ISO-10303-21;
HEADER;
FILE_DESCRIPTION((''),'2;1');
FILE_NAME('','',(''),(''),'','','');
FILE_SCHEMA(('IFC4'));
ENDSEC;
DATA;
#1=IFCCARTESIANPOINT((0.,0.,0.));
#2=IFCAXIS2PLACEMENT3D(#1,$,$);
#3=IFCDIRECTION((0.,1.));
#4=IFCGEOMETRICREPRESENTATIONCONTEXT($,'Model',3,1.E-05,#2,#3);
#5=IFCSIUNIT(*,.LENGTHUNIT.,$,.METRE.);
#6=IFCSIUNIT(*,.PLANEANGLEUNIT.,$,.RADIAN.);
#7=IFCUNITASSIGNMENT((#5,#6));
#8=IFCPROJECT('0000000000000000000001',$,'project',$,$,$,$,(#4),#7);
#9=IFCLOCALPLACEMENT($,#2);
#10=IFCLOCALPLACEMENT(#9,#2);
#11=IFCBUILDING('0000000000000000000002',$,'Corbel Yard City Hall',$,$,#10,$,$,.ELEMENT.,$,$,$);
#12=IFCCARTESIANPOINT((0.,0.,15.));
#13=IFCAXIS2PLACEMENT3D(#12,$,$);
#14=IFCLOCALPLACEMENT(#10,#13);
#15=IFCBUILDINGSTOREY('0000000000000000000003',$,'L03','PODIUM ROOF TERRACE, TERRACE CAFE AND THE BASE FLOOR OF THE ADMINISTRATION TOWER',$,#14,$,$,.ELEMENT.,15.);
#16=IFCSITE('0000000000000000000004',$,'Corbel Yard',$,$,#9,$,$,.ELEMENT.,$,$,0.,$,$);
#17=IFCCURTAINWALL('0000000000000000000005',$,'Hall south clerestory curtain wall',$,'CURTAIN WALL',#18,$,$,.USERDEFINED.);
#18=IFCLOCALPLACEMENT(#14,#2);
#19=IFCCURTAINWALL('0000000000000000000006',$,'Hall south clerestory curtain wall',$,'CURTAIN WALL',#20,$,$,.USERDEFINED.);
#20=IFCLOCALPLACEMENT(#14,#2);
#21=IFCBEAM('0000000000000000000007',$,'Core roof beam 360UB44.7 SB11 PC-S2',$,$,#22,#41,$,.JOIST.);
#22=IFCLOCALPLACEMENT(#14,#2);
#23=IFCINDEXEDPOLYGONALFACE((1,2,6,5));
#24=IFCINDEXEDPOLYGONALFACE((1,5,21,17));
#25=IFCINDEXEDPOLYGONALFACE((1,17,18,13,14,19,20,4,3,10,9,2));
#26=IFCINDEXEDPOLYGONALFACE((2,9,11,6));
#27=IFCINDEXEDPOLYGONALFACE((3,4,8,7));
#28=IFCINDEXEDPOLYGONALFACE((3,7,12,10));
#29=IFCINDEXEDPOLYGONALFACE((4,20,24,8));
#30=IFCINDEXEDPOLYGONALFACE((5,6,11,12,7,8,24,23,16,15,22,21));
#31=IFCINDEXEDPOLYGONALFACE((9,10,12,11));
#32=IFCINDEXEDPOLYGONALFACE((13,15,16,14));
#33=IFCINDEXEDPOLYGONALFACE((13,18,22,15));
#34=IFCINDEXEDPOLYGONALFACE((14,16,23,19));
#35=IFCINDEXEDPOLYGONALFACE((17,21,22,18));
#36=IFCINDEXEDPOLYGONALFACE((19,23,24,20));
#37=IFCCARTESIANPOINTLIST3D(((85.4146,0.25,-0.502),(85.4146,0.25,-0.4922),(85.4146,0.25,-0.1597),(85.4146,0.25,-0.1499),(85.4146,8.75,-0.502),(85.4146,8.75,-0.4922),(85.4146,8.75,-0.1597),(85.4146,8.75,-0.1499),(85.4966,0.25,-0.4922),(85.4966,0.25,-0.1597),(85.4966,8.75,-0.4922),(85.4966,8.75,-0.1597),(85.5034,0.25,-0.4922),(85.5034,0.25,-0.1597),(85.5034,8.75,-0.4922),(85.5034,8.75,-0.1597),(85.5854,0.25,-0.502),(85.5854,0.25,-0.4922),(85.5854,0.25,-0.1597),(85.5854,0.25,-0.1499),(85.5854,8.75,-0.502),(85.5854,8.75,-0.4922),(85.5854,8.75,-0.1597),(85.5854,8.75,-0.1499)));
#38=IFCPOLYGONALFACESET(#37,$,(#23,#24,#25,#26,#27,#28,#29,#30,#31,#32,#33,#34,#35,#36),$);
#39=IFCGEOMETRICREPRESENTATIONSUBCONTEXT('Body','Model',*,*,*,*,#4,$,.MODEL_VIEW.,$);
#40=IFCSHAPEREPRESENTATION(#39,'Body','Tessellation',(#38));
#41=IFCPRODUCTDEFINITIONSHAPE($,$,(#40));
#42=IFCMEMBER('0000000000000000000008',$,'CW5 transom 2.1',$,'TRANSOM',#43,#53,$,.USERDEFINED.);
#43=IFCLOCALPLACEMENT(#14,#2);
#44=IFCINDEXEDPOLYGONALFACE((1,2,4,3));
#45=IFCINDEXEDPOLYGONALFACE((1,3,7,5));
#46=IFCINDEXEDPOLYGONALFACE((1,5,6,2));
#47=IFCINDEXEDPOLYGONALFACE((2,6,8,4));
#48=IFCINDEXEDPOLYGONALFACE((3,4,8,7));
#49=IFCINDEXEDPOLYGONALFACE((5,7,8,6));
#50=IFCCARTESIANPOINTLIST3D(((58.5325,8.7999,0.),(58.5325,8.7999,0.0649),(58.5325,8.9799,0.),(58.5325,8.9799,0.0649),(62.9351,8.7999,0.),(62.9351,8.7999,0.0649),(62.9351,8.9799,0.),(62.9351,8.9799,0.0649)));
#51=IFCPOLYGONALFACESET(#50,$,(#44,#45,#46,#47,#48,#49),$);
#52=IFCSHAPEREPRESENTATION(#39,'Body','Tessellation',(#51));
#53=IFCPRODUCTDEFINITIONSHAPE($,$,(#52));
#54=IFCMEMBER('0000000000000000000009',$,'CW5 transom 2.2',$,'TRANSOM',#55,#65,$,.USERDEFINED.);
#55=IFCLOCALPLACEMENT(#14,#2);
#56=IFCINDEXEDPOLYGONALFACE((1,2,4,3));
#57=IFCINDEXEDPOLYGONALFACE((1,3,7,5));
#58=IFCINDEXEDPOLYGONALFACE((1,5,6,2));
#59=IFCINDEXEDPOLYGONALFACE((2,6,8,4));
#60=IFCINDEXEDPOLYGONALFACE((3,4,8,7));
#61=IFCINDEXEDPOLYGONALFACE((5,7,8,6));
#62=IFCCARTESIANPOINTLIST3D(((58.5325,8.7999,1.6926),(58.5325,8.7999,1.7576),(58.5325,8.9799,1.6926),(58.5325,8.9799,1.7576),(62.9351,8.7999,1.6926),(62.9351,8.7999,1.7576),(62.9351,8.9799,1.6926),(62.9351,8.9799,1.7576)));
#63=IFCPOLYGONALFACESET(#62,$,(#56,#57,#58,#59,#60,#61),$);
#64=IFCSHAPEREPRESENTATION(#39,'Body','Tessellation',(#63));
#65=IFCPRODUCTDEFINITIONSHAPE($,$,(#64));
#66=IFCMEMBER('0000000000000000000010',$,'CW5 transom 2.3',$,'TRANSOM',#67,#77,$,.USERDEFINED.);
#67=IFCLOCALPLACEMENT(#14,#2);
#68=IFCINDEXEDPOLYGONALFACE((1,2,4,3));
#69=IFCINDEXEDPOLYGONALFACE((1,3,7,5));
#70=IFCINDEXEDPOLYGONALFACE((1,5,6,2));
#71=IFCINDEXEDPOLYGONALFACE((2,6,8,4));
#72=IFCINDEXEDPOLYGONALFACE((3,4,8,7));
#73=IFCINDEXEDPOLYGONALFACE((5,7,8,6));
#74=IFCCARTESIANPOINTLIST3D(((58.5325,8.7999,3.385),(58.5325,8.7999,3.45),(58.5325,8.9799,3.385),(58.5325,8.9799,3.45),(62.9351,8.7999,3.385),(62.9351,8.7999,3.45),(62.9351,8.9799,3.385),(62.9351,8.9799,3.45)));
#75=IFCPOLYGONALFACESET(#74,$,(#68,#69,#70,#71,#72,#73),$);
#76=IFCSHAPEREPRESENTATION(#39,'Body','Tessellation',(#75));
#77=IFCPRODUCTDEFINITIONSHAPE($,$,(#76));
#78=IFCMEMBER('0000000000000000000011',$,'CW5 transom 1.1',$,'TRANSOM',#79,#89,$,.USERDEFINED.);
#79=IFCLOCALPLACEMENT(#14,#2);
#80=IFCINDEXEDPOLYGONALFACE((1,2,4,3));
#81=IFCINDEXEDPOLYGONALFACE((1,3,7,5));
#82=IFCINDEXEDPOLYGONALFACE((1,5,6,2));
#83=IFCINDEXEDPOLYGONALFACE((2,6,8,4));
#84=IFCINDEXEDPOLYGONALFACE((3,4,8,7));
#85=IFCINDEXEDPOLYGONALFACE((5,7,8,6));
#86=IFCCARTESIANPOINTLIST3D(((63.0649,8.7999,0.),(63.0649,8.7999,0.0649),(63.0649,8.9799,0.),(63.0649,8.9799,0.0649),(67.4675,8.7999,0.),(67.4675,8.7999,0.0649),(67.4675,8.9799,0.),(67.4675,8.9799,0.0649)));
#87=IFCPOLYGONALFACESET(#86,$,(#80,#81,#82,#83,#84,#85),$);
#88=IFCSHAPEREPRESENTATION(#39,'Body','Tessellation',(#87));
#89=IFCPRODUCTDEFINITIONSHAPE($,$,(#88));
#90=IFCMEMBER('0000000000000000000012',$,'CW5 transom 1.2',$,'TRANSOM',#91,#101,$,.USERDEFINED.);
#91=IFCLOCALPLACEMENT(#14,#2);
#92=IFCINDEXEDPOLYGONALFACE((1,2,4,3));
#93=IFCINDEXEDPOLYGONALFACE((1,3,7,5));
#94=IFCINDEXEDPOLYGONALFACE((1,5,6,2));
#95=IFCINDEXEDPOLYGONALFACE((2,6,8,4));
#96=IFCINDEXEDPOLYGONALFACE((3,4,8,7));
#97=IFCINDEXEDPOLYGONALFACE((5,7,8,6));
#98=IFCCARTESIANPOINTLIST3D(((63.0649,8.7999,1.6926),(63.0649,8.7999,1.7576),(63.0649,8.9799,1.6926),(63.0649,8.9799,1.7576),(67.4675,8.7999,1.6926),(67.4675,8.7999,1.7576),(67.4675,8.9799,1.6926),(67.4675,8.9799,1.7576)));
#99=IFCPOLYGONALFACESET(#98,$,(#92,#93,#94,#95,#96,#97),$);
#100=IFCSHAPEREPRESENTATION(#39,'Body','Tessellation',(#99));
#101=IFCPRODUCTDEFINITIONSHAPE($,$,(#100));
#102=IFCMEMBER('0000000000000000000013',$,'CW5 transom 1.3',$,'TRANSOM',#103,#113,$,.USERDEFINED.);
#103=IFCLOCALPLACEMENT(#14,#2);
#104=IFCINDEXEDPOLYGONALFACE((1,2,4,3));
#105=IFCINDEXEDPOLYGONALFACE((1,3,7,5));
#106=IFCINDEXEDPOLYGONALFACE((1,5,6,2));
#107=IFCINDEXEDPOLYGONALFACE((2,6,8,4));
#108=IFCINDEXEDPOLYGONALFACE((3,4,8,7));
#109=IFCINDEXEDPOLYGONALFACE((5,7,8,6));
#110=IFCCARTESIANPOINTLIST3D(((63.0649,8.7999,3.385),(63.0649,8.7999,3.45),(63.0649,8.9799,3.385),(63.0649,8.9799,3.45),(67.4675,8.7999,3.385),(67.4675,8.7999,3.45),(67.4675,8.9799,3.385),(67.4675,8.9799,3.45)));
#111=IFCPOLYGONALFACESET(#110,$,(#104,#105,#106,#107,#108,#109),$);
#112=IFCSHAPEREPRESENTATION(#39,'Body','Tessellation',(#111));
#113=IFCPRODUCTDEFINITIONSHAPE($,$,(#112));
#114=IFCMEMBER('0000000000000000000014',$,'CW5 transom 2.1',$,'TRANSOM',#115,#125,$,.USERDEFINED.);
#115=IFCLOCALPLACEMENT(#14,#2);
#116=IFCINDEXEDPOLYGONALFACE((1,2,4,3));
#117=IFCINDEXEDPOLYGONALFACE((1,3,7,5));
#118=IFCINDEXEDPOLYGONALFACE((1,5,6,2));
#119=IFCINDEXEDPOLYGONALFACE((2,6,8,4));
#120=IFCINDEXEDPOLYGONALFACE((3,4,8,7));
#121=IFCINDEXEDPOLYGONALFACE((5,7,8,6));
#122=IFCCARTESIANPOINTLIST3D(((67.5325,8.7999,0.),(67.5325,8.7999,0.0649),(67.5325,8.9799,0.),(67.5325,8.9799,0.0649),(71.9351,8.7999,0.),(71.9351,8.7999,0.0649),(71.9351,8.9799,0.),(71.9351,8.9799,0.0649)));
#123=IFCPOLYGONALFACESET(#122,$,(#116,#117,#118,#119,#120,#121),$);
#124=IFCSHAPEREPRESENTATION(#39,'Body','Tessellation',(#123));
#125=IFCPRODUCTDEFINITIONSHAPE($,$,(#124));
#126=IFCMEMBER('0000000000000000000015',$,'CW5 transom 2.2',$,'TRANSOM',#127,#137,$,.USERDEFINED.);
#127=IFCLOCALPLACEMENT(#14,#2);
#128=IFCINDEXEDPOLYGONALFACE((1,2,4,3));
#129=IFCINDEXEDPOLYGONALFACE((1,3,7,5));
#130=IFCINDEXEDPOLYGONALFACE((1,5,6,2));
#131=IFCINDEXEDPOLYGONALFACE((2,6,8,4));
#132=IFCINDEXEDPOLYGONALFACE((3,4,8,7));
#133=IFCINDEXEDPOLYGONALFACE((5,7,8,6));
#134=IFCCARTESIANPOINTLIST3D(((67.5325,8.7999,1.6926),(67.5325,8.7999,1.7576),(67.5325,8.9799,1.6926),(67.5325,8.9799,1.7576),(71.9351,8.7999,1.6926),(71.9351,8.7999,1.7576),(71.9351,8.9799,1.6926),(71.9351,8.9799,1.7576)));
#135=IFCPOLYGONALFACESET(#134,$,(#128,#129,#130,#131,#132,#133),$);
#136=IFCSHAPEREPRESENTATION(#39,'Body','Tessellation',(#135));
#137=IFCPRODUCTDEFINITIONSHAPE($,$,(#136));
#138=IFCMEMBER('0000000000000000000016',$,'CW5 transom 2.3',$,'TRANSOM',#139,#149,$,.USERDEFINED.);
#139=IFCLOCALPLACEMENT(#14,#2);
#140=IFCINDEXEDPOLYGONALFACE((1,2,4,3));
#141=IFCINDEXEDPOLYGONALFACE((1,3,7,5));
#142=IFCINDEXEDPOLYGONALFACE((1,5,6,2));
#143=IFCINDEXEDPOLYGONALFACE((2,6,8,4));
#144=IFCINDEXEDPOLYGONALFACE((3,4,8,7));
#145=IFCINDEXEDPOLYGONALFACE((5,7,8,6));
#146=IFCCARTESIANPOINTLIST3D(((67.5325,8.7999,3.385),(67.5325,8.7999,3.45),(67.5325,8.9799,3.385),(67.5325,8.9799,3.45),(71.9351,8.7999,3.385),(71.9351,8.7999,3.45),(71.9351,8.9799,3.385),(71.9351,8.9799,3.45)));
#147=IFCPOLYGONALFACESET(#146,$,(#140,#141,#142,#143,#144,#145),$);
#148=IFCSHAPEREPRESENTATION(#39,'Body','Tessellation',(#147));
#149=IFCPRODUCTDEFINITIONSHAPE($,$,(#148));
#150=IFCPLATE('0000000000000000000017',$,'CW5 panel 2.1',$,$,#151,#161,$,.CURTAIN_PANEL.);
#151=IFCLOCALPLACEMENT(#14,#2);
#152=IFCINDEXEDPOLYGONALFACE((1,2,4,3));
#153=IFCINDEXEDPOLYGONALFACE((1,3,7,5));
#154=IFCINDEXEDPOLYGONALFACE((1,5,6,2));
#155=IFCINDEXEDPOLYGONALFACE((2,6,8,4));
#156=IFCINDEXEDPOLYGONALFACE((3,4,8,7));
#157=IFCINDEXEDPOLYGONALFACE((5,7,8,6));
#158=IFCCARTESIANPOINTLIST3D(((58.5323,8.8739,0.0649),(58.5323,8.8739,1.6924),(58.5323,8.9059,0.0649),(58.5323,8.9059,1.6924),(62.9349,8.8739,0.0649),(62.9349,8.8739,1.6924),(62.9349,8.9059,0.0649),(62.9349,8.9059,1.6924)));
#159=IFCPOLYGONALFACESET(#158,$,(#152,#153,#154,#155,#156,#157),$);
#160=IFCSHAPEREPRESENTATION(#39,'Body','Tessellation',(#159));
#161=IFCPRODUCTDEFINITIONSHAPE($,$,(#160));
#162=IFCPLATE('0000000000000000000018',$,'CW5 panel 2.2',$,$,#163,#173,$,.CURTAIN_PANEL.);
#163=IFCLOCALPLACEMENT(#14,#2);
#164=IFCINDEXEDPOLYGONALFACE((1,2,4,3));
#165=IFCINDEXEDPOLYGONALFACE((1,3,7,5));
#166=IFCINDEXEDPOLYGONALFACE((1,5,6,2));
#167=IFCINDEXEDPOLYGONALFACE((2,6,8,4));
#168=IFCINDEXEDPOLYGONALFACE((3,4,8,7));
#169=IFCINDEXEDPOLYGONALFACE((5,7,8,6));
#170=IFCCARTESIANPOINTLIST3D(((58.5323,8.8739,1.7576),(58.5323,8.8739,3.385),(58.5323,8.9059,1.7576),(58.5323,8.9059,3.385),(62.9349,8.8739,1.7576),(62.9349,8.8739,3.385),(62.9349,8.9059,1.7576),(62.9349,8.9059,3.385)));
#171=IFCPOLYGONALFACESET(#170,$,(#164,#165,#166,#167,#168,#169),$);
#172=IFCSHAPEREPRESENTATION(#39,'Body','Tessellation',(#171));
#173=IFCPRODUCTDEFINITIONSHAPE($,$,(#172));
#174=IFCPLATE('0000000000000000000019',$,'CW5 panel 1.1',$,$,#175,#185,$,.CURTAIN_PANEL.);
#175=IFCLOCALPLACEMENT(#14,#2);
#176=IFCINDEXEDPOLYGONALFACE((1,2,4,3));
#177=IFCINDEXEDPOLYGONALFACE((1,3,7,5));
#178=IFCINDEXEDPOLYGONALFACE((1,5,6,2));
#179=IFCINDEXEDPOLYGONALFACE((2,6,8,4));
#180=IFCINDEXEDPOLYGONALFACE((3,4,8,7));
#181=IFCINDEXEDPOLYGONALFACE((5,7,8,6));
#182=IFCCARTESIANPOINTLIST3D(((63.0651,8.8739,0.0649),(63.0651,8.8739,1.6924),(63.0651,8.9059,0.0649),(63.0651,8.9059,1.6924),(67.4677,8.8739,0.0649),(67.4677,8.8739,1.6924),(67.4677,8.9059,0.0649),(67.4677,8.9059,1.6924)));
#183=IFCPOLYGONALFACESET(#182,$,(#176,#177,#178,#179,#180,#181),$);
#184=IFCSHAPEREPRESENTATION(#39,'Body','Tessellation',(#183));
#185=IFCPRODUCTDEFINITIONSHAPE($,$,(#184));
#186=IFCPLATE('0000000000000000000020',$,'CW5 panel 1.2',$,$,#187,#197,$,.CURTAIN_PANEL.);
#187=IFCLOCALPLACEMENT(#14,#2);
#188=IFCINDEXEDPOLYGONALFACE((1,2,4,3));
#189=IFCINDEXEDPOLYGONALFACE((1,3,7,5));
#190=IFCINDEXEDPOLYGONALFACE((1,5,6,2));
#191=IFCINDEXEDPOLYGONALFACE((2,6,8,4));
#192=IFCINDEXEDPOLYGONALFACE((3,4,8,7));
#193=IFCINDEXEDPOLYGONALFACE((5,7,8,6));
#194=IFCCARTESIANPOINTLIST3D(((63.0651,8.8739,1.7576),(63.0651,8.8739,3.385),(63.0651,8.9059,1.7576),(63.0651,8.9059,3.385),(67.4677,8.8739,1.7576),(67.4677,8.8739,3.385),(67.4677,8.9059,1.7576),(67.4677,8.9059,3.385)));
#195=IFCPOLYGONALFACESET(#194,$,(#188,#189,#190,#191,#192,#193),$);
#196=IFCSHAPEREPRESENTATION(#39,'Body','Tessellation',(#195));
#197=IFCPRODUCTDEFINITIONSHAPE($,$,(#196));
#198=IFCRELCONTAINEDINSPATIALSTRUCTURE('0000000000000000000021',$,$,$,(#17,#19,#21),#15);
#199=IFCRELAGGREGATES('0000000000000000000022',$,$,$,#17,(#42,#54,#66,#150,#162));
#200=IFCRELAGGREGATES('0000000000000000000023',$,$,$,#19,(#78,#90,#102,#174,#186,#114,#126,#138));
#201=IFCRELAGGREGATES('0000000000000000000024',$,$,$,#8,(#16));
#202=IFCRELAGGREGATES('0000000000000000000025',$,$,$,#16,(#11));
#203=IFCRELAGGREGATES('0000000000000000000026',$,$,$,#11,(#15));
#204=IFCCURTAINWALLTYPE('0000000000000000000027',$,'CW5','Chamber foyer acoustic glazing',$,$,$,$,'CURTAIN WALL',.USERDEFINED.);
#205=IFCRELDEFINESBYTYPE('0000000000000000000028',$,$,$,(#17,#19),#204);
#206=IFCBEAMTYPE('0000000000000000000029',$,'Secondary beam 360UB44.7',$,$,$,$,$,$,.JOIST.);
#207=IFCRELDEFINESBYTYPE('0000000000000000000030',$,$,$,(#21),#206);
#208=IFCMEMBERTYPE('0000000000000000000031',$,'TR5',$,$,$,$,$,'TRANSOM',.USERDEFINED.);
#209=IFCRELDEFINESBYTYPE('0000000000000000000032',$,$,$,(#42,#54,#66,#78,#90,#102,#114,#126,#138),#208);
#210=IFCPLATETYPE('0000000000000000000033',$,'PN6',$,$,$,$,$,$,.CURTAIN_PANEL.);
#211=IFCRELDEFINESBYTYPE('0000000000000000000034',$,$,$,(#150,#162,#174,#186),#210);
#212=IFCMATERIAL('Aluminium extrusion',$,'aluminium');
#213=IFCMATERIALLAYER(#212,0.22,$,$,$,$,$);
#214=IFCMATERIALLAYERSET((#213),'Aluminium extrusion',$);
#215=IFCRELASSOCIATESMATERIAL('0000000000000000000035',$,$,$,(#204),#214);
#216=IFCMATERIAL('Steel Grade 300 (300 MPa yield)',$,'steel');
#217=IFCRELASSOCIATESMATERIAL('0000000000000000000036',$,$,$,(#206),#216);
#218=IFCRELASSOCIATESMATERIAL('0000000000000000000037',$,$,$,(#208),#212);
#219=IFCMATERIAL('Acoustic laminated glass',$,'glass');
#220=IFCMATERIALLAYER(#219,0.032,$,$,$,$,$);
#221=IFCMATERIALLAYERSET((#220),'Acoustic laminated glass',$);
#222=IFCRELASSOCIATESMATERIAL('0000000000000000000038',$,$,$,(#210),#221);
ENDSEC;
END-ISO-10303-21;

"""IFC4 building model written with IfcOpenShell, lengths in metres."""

from ifc_helpers import new_model, si_unit, direction, frame, origin, origin_2d, place, context, subcontext, project, spatial, rectangle, i_section, extrude, material, layer, layer_set, material_profile, profile_set, type_object, element, aggregate, save


model = new_model("IFC4")

# Units and contexts
model_context = context("Model", 3, precision=1e-05, world=origin(), true_north=direction((0.0, 1.0)))
body_context = subcontext(model_context, "Body", "Model", "MODEL_VIEW")
ifc_project = project(units=[si_unit("LENGTHUNIT", "METRE"), si_unit("PLANEANGLEUNIT", "RADIAN")], contexts=[model_context])

# Site, building, storey
site_placement = place(None, origin())
site = spatial("IfcSite", under=ifc_project, at=site_placement, Name="Corbel Yard", CompositionType="ELEMENT", RefElevation=0.0)
building_placement = place(site_placement, origin())
building = spatial("IfcBuilding", under=site, at=building_placement, Name="Corbel Yard City Hall", CompositionType="ELEMENT")
storey_placement = place(building_placement, frame((0.0, 0.0, 15.0)))
storey = spatial("IfcBuildingStorey", under=building, at=storey_placement, Name="L03", Description="PODIUM ROOF TERRACE, TERRACE CAFE AND THE BASE FLOOR OF THE ADMINISTRATION TOWER", CompositionType="ELEMENT", Elevation=15.0)

# Shared definitions
ifc_material_1 = material(Name="Steel Grade 300 (300 MPa yield)", Category="steel")

# Curtain wall
ifc_material_2 = material(Name="Aluminium extrusion", Category="aluminium")
ifc_layer_1 = layer(ifc_material_2, 0.22)
ifc_layer_set_1 = layer_set([ifc_layer_1], Name="Aluminium extrusion")
curtain_wall_type = type_object("IfcCurtainWallType", Name="CW5", Description="Chamber foyer acoustic glazing", ElementType="CURTAIN WALL", PredefinedType="USERDEFINED", material=ifc_layer_set_1)
curtain_wall_1_placement = place(storey_placement, origin())
curtain_wall_1 = element("IfcCurtainWall", 1, at=curtain_wall_1_placement, inside=storey, type_object=curtain_wall_type, Name="Hall south clerestory curtain wall", ObjectType="CURTAIN WALL", PredefinedType="USERDEFINED")

# Curtain wall
curtain_wall_2_placement = place(storey_placement, origin())
curtain_wall_2 = element("IfcCurtainWall", 2, at=curtain_wall_2_placement, inside=storey, type_object=curtain_wall_type, Name="Hall south clerestory curtain wall", ObjectType="CURTAIN WALL", PredefinedType="USERDEFINED")

# Beam
ifc_material_profile_1 = material_profile(ifc_material_1, i_section(OverallWidth=0.1709, OverallDepth=0.3521, WebThickness=0.0068, FlangeThickness=0.0098, at=origin_2d()), Name="360UB44.7")
ifc_profile_set_1 = profile_set([ifc_material_profile_1], Name="Steel Grade 300 (300 MPa yield)")
beam_type_1 = type_object("IfcBeamType", Name="Secondary beam 360UB44.7", PredefinedType="JOIST", material=ifc_profile_set_1)
beam_1_placement = place(storey_placement, frame((85.5, 0.25, -0.3259), z_axis=(0.0, 1.0, 0.0), x_axis=(-1.0, 0.0, 0.0)))
element("IfcBeam", 3, at=beam_1_placement, inside=storey, type_object=beam_type_1, Name="Core roof beam 360UB44.7 SB11 PC-S2", PredefinedType="JOIST", context=body_context, shape_type="SweptSolid", body=[
    extrude(i_section(OverallWidth=0.1709, OverallDepth=0.3521, WebThickness=0.0068, FlangeThickness=0.0098, at=origin_2d()), origin(), (0.0, 0.0, 1.0), 8.5),
])

# Members
ifc_material_profile_2 = material_profile(ifc_material_2, rectangle(XDim=0.1799, YDim=0.0649, at=origin_2d()), Name="180x65")
ifc_profile_set_2 = profile_set([ifc_material_profile_2], Name="Aluminium extrusion")
member_type_1 = type_object("IfcMemberType", Name="TR5", ElementType="TRANSOM", PredefinedType="USERDEFINED", material=ifc_profile_set_2)
member_1_placement = place(storey_placement, frame((58.5325, 8.8899, 0.0325), z_axis=(1.0, 0.0, 0.0), x_axis=(0.0, 1.0, 0.0)))
member_1 = element("IfcMember", 4, at=member_1_placement, type_object=member_type_1, Name="CW5 transom 2.1", ObjectType="TRANSOM", PredefinedType="USERDEFINED", context=body_context, shape_type="SweptSolid", body=[
    extrude(rectangle(XDim=0.1799, YDim=0.0649, at=origin_2d()), origin(), (0.0, 0.0, 1.0), 4.4026),
])
member_2_placement = place(storey_placement, frame((58.5325, 8.8899, 1.7251), z_axis=(1.0, 0.0, 0.0), x_axis=(0.0, 1.0, 0.0)))
member_2 = element("IfcMember", 5, at=member_2_placement, type_object=member_type_1, Name="CW5 transom 2.2", ObjectType="TRANSOM", PredefinedType="USERDEFINED", context=body_context, shape_type="SweptSolid", body=[
    extrude(rectangle(XDim=0.1799, YDim=0.0649, at=origin_2d()), origin(), (0.0, 0.0, 1.0), 4.4026),
])
member_3_placement = place(storey_placement, frame((58.5325, 8.8899, 3.4175), z_axis=(1.0, 0.0, 0.0), x_axis=(0.0, 1.0, 0.0)))
member_3 = element("IfcMember", 6, at=member_3_placement, type_object=member_type_1, Name="CW5 transom 2.3", ObjectType="TRANSOM", PredefinedType="USERDEFINED", context=body_context, shape_type="SweptSolid", body=[
    extrude(rectangle(XDim=0.1799, YDim=0.0649, at=origin_2d()), origin(), (0.0, 0.0, 1.0), 4.4026),
])
member_4_placement = place(storey_placement, frame((63.0649, 8.8899, 0.0325), z_axis=(1.0, 0.0, 0.0), x_axis=(0.0, 1.0, 0.0)))
member_4 = element("IfcMember", 7, at=member_4_placement, type_object=member_type_1, Name="CW5 transom 1.1", ObjectType="TRANSOM", PredefinedType="USERDEFINED", context=body_context, shape_type="SweptSolid", body=[
    extrude(rectangle(XDim=0.1799, YDim=0.0649, at=origin_2d()), origin(), (0.0, 0.0, 1.0), 4.4026),
])
member_5_placement = place(storey_placement, frame((63.0649, 8.8899, 1.7251), z_axis=(1.0, 0.0, 0.0), x_axis=(0.0, 1.0, 0.0)))
member_5 = element("IfcMember", 8, at=member_5_placement, type_object=member_type_1, Name="CW5 transom 1.2", ObjectType="TRANSOM", PredefinedType="USERDEFINED", context=body_context, shape_type="SweptSolid", body=[
    extrude(rectangle(XDim=0.1799, YDim=0.0649, at=origin_2d()), origin(), (0.0, 0.0, 1.0), 4.4026),
])
member_6_placement = place(storey_placement, frame((63.0649, 8.8899, 3.4175), z_axis=(1.0, 0.0, 0.0), x_axis=(0.0, 1.0, 0.0)))
member_6 = element("IfcMember", 9, at=member_6_placement, type_object=member_type_1, Name="CW5 transom 1.3", ObjectType="TRANSOM", PredefinedType="USERDEFINED", context=body_context, shape_type="SweptSolid", body=[
    extrude(rectangle(XDim=0.1799, YDim=0.0649, at=origin_2d()), origin(), (0.0, 0.0, 1.0), 4.4026),
])
member_7_placement = place(storey_placement, frame((67.5325, 8.8899, 0.0325), z_axis=(1.0, 0.0, 0.0), x_axis=(0.0, 1.0, 0.0)))
member_7 = element("IfcMember", 10, at=member_7_placement, type_object=member_type_1, Name="CW5 transom 2.1", ObjectType="TRANSOM", PredefinedType="USERDEFINED", context=body_context, shape_type="SweptSolid", body=[
    extrude(rectangle(XDim=0.1799, YDim=0.0649, at=origin_2d()), origin(), (0.0, 0.0, 1.0), 4.4026),
])
member_8_placement = place(storey_placement, frame((67.5325, 8.8899, 1.7251), z_axis=(1.0, 0.0, 0.0), x_axis=(0.0, 1.0, 0.0)))
member_8 = element("IfcMember", 11, at=member_8_placement, type_object=member_type_1, Name="CW5 transom 2.2", ObjectType="TRANSOM", PredefinedType="USERDEFINED", context=body_context, shape_type="SweptSolid", body=[
    extrude(rectangle(XDim=0.1799, YDim=0.0649, at=origin_2d()), origin(), (0.0, 0.0, 1.0), 4.4026),
])
member_9_placement = place(storey_placement, frame((67.5325, 8.8899, 3.4175), z_axis=(1.0, 0.0, 0.0), x_axis=(0.0, 1.0, 0.0)))
member_9 = element("IfcMember", 12, at=member_9_placement, type_object=member_type_1, Name="CW5 transom 2.3", ObjectType="TRANSOM", PredefinedType="USERDEFINED", context=body_context, shape_type="SweptSolid", body=[
    extrude(rectangle(XDim=0.1799, YDim=0.0649, at=origin_2d()), origin(), (0.0, 0.0, 1.0), 4.4026),
])

# Plates
ifc_material_3 = material(Name="Acoustic laminated glass", Category="glass")
ifc_layer_2 = layer(ifc_material_3, 0.032)
ifc_layer_set_2 = layer_set([ifc_layer_2], Name="Acoustic laminated glass")
plate_type = type_object("IfcPlateType", Name="PN6", PredefinedType="CURTAIN_PANEL", material=ifc_layer_set_2)
plate_1_placement = place(storey_placement, frame((60.7336, 8.8899, 0.0649), z_axis=(0.0, 0.0, 1.0), x_axis=(1.0, 0.0, 0.0)))
plate_1 = element("IfcPlate", 13, at=plate_1_placement, type_object=plate_type, Name="CW5 panel 2.1", PredefinedType="CURTAIN_PANEL", context=body_context, shape_type="SweptSolid", body=[
    extrude(rectangle(XDim=4.4026, YDim=0.032, at=origin_2d()), origin(), (0.0, 0.0, 1.0), 1.6274),
])
plate_2_placement = place(storey_placement, frame((60.7336, 8.8899, 1.7576), z_axis=(0.0, 0.0, 1.0), x_axis=(1.0, 0.0, 0.0)))
plate_2 = element("IfcPlate", 14, at=plate_2_placement, type_object=plate_type, Name="CW5 panel 2.2", PredefinedType="CURTAIN_PANEL", context=body_context, shape_type="SweptSolid", body=[
    extrude(rectangle(XDim=4.4026, YDim=0.032, at=origin_2d()), origin(), (0.0, 0.0, 1.0), 1.6274),
])
aggregate(curtain_wall_1, [member_1, member_2, member_3, plate_1, plate_2])
plate_3_placement = place(storey_placement, frame((65.2664, 8.8899, 0.0649), z_axis=(0.0, 0.0, 1.0), x_axis=(1.0, 0.0, 0.0)))
plate_3 = element("IfcPlate", 15, at=plate_3_placement, type_object=plate_type, Name="CW5 panel 1.1", PredefinedType="CURTAIN_PANEL", context=body_context, shape_type="SweptSolid", body=[
    extrude(rectangle(XDim=4.4026, YDim=0.032, at=origin_2d()), origin(), (0.0, 0.0, 1.0), 1.6274),
])
plate_4_placement = place(storey_placement, frame((65.2664, 8.8899, 1.7576), z_axis=(0.0, 0.0, 1.0), x_axis=(1.0, 0.0, 0.0)))
plate_4 = element("IfcPlate", 16, at=plate_4_placement, type_object=plate_type, Name="CW5 panel 1.2", PredefinedType="CURTAIN_PANEL", context=body_context, shape_type="SweptSolid", body=[
    extrude(rectangle(XDim=4.4026, YDim=0.032, at=origin_2d()), origin(), (0.0, 0.0, 1.0), 1.6274),
])
aggregate(curtain_wall_2, [member_4, member_5, member_6, plate_3, plate_4, member_7, member_8, member_9])

save(model, "model.ifc")
